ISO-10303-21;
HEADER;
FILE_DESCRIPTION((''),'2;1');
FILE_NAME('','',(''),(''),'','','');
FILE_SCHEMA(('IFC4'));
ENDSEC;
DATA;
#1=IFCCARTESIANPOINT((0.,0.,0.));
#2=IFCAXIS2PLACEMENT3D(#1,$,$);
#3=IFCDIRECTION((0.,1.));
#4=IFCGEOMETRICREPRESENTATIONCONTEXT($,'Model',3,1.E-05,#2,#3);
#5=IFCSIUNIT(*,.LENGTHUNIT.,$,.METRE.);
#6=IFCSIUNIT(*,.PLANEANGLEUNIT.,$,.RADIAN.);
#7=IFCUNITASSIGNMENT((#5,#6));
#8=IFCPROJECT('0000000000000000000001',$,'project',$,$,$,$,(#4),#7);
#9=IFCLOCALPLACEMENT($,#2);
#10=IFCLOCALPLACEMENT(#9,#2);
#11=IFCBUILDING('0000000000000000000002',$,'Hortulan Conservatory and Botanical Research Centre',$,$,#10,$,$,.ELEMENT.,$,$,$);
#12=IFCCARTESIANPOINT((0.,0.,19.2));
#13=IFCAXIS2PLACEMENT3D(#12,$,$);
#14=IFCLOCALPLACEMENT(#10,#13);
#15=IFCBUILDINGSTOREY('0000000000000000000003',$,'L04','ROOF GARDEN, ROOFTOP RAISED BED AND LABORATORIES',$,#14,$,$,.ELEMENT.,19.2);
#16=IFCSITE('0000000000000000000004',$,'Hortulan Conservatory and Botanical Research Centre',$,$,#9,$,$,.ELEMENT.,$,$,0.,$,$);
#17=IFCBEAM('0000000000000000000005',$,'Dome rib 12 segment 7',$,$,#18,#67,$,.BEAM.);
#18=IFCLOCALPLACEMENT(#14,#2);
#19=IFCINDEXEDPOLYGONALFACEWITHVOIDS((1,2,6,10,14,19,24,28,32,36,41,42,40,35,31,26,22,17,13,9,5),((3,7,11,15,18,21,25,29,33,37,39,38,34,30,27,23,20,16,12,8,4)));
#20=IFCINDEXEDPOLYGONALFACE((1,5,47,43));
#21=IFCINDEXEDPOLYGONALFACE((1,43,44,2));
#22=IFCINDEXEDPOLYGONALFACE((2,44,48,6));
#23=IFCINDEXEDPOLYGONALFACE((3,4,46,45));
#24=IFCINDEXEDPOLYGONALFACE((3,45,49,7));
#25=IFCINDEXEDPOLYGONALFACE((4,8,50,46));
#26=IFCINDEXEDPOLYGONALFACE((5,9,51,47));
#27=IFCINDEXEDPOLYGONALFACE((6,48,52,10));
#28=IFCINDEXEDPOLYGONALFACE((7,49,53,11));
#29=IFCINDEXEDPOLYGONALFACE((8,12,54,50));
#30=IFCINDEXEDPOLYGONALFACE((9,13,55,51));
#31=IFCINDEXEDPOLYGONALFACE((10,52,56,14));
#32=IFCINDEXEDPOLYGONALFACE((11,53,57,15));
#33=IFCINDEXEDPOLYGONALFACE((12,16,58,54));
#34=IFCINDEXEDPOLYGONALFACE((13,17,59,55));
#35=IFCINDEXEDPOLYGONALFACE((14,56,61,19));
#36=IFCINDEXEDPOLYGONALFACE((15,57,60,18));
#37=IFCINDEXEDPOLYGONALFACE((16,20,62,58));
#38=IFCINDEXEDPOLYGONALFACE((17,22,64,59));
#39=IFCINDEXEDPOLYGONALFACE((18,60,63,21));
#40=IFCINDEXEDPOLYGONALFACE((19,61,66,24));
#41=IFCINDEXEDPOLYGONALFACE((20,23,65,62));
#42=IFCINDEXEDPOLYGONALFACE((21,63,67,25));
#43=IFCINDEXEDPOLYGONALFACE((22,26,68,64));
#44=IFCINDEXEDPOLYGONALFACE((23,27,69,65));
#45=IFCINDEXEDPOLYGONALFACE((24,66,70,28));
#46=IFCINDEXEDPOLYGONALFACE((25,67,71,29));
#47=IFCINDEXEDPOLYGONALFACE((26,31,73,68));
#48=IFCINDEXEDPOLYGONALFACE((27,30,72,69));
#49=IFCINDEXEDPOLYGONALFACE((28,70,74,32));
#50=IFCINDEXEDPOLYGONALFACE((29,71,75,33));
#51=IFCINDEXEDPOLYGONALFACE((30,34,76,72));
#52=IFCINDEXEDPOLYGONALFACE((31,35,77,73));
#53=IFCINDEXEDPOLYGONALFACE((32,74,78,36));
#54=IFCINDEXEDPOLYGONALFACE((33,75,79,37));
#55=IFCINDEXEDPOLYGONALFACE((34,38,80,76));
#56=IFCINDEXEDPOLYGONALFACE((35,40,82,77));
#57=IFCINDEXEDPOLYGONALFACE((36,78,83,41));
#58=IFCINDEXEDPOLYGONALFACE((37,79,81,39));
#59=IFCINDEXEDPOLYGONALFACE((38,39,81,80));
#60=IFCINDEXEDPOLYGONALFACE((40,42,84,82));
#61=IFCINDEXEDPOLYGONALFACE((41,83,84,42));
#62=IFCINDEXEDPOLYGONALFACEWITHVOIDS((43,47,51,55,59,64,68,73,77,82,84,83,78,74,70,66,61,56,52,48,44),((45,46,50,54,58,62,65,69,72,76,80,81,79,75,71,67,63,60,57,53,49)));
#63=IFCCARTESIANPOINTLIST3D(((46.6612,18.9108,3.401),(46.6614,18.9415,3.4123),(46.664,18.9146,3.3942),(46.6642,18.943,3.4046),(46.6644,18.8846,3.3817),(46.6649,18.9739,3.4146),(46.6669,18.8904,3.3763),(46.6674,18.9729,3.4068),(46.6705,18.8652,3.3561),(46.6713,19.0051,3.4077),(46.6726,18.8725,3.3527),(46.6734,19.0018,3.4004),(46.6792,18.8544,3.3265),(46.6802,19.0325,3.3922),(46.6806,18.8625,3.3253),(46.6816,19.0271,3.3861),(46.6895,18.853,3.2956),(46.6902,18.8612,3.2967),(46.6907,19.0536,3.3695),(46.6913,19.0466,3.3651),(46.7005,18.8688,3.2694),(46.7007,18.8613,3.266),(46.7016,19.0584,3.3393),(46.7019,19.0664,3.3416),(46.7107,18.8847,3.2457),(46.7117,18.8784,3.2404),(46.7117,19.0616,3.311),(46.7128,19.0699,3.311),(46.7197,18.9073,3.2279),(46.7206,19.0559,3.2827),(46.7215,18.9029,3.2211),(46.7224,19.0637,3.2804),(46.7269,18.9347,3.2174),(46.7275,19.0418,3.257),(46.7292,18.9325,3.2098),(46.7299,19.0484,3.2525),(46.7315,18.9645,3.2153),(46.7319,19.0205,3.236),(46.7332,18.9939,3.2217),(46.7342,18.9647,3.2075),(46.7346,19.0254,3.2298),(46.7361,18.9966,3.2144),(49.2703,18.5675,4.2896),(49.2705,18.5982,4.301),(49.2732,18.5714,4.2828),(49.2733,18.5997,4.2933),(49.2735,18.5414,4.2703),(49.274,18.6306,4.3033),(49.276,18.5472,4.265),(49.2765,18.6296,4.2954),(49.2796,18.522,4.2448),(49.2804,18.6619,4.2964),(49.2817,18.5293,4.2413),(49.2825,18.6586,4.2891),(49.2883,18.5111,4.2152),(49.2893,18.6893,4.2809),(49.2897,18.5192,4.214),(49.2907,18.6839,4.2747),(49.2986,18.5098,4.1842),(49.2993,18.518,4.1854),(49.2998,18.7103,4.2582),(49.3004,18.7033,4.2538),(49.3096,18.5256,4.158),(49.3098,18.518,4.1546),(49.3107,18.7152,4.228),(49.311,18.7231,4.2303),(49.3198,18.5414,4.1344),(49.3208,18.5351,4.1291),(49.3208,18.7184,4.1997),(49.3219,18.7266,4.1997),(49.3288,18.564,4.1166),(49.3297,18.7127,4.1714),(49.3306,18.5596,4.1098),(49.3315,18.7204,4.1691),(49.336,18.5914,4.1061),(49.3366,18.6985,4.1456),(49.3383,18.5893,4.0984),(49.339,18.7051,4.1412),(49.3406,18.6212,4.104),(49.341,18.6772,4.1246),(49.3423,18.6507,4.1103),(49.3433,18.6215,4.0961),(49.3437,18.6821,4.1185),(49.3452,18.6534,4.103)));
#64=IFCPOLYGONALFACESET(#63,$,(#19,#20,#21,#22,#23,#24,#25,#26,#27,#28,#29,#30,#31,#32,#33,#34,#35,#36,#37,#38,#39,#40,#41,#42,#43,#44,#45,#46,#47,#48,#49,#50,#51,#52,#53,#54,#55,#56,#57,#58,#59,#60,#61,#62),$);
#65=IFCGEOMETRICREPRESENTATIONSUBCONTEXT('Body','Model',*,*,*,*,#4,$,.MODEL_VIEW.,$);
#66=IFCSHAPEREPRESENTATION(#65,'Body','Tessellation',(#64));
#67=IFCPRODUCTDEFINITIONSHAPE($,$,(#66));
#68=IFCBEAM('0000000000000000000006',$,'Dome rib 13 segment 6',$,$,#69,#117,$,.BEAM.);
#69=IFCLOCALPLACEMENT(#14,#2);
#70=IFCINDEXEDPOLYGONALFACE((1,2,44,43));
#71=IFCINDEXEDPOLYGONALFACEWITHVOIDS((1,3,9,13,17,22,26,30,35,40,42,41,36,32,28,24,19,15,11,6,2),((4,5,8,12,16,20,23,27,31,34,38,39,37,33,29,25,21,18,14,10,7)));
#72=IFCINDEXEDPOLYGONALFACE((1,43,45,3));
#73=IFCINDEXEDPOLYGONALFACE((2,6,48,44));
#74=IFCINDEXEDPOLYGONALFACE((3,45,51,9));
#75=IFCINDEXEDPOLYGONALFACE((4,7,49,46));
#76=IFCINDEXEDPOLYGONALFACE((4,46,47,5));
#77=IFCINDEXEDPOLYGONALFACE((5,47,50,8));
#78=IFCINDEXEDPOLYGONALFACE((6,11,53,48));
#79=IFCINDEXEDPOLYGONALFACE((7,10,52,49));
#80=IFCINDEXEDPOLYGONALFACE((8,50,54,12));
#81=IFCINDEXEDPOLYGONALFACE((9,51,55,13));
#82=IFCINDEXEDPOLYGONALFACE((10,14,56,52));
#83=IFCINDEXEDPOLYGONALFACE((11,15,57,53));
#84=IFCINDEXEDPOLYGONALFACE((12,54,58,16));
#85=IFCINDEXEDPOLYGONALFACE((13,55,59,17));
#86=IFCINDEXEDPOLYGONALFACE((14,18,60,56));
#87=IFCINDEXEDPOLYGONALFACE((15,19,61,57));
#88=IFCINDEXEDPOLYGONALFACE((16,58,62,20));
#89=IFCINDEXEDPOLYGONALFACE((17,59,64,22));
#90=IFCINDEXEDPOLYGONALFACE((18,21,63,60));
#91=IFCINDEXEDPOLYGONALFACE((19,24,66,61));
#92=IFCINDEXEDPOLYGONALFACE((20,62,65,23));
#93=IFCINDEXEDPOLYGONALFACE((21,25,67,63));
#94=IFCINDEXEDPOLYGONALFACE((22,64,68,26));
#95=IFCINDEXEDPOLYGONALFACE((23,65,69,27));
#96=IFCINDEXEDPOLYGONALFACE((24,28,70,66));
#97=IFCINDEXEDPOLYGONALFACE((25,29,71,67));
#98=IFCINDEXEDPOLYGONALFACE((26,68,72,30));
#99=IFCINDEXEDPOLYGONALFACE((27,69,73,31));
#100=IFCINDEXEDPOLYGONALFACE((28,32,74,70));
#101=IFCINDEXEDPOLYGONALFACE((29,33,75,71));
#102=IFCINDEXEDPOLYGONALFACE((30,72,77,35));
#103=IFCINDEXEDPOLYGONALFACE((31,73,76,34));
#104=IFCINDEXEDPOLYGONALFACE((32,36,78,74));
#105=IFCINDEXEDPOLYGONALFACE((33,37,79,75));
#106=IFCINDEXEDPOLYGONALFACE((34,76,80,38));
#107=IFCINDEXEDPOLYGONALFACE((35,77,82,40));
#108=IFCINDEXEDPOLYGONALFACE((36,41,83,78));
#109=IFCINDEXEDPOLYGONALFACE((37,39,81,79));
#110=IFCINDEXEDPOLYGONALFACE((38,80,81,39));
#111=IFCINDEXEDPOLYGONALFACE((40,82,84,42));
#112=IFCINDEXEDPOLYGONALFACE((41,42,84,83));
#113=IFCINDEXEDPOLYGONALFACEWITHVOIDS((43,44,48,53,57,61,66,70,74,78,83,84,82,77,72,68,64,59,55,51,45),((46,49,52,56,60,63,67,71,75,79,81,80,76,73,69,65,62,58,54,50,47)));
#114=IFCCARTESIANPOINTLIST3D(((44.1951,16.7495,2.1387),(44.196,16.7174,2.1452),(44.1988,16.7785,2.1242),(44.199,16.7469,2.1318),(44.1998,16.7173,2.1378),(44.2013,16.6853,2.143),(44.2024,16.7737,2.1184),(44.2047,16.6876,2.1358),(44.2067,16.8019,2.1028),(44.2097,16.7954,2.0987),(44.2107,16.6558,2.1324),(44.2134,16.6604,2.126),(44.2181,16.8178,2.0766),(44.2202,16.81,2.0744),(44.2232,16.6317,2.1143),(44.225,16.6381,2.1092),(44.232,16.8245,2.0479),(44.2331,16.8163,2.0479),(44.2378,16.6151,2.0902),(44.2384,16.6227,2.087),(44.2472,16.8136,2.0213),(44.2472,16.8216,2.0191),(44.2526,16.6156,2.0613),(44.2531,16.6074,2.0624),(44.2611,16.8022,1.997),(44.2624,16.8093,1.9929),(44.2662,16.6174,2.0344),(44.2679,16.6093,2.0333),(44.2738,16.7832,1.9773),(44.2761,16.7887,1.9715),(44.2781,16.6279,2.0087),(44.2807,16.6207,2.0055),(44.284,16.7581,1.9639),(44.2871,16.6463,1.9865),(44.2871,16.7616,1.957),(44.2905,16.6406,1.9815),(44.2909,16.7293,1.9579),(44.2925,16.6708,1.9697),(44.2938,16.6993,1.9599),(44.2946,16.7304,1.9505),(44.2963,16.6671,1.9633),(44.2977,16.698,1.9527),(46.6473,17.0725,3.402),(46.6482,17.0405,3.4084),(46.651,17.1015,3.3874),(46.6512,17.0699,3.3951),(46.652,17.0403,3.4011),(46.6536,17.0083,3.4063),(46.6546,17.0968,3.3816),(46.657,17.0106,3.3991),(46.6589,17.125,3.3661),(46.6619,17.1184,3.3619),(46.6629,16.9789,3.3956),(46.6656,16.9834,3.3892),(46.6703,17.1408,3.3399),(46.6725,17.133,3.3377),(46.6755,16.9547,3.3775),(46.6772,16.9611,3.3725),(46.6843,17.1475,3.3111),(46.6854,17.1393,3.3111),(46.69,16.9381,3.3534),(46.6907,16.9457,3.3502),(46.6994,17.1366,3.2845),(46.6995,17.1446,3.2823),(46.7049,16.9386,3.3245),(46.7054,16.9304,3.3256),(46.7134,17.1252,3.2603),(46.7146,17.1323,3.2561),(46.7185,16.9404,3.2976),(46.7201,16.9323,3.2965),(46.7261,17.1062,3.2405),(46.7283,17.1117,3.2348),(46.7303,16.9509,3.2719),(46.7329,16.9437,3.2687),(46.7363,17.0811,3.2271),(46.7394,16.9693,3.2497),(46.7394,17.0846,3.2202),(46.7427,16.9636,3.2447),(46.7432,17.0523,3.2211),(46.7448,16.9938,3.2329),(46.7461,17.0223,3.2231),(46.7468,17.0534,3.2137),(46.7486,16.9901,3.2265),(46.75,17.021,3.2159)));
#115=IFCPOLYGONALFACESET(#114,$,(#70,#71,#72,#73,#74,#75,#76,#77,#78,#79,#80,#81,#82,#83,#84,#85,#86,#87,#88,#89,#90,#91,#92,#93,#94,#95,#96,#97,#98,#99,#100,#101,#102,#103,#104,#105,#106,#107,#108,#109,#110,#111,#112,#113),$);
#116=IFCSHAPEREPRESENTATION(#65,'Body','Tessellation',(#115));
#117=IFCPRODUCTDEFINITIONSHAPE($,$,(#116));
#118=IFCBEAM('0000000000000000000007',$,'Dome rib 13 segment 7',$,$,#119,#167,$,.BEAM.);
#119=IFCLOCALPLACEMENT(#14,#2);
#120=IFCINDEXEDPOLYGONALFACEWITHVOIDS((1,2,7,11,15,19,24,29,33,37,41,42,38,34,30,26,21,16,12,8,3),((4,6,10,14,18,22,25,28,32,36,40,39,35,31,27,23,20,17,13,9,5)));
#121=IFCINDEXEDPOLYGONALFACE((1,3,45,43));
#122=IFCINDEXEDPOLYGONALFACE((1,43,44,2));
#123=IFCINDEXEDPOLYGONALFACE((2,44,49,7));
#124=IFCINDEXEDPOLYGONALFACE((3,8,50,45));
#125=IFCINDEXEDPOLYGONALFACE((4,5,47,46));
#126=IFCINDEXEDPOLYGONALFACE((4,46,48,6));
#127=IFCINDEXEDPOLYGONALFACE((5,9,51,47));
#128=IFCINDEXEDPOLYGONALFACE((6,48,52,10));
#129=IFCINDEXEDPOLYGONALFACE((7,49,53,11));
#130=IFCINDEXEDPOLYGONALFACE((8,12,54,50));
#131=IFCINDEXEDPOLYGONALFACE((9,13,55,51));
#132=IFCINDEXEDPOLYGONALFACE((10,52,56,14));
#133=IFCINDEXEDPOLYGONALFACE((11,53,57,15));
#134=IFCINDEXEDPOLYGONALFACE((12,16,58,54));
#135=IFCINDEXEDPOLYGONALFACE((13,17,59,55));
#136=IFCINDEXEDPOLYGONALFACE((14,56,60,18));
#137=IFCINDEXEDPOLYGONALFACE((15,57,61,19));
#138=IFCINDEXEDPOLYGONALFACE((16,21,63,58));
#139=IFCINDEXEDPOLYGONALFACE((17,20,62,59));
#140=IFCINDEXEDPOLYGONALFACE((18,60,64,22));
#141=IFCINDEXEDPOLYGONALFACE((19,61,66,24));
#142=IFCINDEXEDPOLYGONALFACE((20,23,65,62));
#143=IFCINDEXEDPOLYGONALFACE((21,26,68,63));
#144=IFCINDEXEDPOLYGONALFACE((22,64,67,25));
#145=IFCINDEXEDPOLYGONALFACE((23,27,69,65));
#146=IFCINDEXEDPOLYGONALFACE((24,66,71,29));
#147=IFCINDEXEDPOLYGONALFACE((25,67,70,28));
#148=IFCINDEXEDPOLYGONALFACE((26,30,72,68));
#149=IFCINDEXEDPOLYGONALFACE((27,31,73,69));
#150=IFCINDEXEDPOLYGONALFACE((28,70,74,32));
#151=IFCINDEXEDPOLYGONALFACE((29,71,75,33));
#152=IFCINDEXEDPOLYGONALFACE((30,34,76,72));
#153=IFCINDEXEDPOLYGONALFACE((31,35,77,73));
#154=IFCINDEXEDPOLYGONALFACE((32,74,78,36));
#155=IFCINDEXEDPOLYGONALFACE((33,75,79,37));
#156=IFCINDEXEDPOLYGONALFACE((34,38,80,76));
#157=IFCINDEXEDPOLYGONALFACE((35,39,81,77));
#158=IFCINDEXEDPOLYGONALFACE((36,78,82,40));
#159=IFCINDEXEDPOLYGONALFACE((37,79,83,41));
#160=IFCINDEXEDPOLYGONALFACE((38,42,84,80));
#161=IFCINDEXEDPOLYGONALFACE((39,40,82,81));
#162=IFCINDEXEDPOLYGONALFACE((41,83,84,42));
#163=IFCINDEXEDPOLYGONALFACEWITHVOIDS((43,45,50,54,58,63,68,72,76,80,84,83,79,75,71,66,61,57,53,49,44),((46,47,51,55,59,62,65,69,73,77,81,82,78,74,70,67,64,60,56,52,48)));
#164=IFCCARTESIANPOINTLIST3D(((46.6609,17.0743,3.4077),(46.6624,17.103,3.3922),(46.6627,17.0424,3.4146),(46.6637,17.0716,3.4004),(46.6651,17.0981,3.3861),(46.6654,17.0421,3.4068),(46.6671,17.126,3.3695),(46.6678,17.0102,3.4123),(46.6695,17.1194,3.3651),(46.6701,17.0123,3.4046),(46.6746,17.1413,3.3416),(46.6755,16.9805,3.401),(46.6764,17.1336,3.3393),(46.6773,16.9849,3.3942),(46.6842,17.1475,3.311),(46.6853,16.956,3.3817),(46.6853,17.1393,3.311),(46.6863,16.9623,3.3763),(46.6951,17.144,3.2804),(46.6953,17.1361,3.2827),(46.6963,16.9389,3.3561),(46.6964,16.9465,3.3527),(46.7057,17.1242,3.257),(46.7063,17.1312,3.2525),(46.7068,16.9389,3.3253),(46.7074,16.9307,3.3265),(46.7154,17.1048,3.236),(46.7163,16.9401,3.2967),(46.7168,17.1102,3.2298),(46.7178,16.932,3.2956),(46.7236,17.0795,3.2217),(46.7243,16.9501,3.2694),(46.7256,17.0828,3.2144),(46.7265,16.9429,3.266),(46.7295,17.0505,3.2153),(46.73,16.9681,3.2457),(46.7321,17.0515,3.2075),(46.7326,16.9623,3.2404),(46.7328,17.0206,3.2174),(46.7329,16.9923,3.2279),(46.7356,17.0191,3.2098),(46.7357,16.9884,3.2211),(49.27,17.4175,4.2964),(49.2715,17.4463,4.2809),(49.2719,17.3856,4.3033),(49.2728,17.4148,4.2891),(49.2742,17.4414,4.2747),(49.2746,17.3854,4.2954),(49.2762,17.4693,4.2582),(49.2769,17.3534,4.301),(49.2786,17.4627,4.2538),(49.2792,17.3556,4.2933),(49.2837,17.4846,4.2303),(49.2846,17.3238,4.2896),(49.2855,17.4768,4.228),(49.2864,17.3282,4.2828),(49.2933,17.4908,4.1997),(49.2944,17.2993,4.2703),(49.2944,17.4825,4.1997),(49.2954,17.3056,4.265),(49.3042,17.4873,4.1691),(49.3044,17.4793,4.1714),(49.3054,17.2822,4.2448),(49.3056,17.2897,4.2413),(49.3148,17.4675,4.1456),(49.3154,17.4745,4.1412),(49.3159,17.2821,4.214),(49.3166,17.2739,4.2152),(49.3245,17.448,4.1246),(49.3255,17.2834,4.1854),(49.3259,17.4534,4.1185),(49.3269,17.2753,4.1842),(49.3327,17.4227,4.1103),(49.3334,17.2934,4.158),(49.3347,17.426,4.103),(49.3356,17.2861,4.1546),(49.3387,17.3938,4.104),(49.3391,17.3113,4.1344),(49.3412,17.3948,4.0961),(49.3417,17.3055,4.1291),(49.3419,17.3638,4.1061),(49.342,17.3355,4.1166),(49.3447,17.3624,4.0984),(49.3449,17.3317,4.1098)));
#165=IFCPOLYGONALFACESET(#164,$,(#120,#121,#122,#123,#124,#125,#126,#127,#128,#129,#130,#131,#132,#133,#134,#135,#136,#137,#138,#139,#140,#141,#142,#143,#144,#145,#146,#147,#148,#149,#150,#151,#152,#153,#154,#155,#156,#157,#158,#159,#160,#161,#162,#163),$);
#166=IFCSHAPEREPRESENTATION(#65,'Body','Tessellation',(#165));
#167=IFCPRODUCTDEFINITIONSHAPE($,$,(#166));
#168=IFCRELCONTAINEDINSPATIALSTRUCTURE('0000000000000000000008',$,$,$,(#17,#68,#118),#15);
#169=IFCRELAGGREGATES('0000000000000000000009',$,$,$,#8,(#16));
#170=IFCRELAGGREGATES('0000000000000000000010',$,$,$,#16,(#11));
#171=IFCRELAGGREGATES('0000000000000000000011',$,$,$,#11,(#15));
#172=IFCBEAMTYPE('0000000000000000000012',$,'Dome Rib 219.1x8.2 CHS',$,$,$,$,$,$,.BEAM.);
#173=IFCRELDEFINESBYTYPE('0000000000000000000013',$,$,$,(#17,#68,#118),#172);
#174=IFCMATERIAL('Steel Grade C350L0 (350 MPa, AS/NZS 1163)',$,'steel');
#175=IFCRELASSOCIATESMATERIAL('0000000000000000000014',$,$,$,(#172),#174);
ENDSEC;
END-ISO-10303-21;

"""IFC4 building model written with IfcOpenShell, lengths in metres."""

from ifc_helpers import new_model, si_unit, direction, frame, origin, origin_2d, place, context, subcontext, project, spatial, hollow_circle, extrude, material, material_profile, profile_set, type_object, element, save


model = new_model("IFC4")

# Units and contexts
model_context = context("Model", 3, precision=1e-05, world=origin(), true_north=direction((0.0, 1.0)))
body_context = subcontext(model_context, "Body", "Model", "MODEL_VIEW")
ifc_project = project(units=[si_unit("LENGTHUNIT", "METRE"), si_unit("PLANEANGLEUNIT", "RADIAN")], contexts=[model_context])

# Site, building, storey
site_placement = place(None, origin())
site = spatial("IfcSite", under=ifc_project, at=site_placement, Name="Hortulan Conservatory and Botanical Research Centre", CompositionType="ELEMENT", RefElevation=0.0)
building_placement = place(site_placement, origin())
building = spatial("IfcBuilding", under=site, at=building_placement, Name="Hortulan Conservatory and Botanical Research Centre", CompositionType="ELEMENT")
storey_placement = place(building_placement, frame((0.0, 0.0, 19.2)))
storey = spatial("IfcBuildingStorey", under=building, at=storey_placement, Name="L04", Description="ROOF GARDEN, ROOFTOP RAISED BED AND LABORATORIES", CompositionType="ELEMENT", Elevation=19.2)

# Beams
ifc_material_1 = material(Name="Steel Grade C350L0 (350 MPa, AS/NZS 1163)", Category="steel")
ifc_material_profile_1 = material_profile(ifc_material_1, hollow_circle(Radius=0.1096, WallThickness=0.0083, at=origin_2d()), Name="219.1x8.2CHS")
ifc_profile_set_1 = profile_set([ifc_material_profile_1], Name="Steel Grade C350L0 (350 MPa, AS/NZS 1163)")
beam_type = type_object("IfcBeamType", Name="Dome Rib 219.1x8.2 CHS", PredefinedType="BEAM", material=ifc_profile_set_1)
beam_1_placement = place(storey_placement, frame((46.6985, 18.9612, 3.311), z_axis=(0.939343, -0.123582, 0.319941), x_axis=(0.130438, 0.991457, 0.0)))
element("IfcBeam", 1, at=beam_1_placement, inside=storey, type_object=beam_type, Name="Dome rib 12 segment 7", PredefinedType="BEAM", context=body_context, shape_type="SweptSolid", body=[
    extrude(hollow_circle(Radius=0.1096, WallThickness=0.0083, at=origin_2d()), origin(), (0.0, 0.0, 1.0), 2.7776),
])
beam_2_placement = place(storey_placement, frame((44.2463, 16.7158, 2.0479), z_axis=(0.882948, 0.116302, 0.454836), x_axis=(-0.130592, 0.991436, 0.0)))
element("IfcBeam", 2, at=beam_2_placement, inside=storey, type_object=beam_type, Name="Dome rib 13 segment 6", PredefinedType="BEAM", context=body_context, shape_type="SweptSolid", body=[
    extrude(hollow_circle(Radius=0.1096, WallThickness=0.0083, at=origin_2d()), origin(), (0.0, 0.0, 1.0), 2.7773),
])
beam_3_placement = place(storey_placement, frame((46.6985, 17.0388, 3.311), z_axis=(0.939343, 0.123582, 0.319941), x_axis=(-0.130438, 0.991457, 0.0)))
element("IfcBeam", 3, at=beam_3_placement, inside=storey, type_object=beam_type, Name="Dome rib 13 segment 7", PredefinedType="BEAM", context=body_context, shape_type="SweptSolid", body=[
    extrude(hollow_circle(Radius=0.1096, WallThickness=0.0083, at=origin_2d()), origin(), (0.0, 0.0, 1.0), 2.7776),
])

save(model, "model.ifc")
